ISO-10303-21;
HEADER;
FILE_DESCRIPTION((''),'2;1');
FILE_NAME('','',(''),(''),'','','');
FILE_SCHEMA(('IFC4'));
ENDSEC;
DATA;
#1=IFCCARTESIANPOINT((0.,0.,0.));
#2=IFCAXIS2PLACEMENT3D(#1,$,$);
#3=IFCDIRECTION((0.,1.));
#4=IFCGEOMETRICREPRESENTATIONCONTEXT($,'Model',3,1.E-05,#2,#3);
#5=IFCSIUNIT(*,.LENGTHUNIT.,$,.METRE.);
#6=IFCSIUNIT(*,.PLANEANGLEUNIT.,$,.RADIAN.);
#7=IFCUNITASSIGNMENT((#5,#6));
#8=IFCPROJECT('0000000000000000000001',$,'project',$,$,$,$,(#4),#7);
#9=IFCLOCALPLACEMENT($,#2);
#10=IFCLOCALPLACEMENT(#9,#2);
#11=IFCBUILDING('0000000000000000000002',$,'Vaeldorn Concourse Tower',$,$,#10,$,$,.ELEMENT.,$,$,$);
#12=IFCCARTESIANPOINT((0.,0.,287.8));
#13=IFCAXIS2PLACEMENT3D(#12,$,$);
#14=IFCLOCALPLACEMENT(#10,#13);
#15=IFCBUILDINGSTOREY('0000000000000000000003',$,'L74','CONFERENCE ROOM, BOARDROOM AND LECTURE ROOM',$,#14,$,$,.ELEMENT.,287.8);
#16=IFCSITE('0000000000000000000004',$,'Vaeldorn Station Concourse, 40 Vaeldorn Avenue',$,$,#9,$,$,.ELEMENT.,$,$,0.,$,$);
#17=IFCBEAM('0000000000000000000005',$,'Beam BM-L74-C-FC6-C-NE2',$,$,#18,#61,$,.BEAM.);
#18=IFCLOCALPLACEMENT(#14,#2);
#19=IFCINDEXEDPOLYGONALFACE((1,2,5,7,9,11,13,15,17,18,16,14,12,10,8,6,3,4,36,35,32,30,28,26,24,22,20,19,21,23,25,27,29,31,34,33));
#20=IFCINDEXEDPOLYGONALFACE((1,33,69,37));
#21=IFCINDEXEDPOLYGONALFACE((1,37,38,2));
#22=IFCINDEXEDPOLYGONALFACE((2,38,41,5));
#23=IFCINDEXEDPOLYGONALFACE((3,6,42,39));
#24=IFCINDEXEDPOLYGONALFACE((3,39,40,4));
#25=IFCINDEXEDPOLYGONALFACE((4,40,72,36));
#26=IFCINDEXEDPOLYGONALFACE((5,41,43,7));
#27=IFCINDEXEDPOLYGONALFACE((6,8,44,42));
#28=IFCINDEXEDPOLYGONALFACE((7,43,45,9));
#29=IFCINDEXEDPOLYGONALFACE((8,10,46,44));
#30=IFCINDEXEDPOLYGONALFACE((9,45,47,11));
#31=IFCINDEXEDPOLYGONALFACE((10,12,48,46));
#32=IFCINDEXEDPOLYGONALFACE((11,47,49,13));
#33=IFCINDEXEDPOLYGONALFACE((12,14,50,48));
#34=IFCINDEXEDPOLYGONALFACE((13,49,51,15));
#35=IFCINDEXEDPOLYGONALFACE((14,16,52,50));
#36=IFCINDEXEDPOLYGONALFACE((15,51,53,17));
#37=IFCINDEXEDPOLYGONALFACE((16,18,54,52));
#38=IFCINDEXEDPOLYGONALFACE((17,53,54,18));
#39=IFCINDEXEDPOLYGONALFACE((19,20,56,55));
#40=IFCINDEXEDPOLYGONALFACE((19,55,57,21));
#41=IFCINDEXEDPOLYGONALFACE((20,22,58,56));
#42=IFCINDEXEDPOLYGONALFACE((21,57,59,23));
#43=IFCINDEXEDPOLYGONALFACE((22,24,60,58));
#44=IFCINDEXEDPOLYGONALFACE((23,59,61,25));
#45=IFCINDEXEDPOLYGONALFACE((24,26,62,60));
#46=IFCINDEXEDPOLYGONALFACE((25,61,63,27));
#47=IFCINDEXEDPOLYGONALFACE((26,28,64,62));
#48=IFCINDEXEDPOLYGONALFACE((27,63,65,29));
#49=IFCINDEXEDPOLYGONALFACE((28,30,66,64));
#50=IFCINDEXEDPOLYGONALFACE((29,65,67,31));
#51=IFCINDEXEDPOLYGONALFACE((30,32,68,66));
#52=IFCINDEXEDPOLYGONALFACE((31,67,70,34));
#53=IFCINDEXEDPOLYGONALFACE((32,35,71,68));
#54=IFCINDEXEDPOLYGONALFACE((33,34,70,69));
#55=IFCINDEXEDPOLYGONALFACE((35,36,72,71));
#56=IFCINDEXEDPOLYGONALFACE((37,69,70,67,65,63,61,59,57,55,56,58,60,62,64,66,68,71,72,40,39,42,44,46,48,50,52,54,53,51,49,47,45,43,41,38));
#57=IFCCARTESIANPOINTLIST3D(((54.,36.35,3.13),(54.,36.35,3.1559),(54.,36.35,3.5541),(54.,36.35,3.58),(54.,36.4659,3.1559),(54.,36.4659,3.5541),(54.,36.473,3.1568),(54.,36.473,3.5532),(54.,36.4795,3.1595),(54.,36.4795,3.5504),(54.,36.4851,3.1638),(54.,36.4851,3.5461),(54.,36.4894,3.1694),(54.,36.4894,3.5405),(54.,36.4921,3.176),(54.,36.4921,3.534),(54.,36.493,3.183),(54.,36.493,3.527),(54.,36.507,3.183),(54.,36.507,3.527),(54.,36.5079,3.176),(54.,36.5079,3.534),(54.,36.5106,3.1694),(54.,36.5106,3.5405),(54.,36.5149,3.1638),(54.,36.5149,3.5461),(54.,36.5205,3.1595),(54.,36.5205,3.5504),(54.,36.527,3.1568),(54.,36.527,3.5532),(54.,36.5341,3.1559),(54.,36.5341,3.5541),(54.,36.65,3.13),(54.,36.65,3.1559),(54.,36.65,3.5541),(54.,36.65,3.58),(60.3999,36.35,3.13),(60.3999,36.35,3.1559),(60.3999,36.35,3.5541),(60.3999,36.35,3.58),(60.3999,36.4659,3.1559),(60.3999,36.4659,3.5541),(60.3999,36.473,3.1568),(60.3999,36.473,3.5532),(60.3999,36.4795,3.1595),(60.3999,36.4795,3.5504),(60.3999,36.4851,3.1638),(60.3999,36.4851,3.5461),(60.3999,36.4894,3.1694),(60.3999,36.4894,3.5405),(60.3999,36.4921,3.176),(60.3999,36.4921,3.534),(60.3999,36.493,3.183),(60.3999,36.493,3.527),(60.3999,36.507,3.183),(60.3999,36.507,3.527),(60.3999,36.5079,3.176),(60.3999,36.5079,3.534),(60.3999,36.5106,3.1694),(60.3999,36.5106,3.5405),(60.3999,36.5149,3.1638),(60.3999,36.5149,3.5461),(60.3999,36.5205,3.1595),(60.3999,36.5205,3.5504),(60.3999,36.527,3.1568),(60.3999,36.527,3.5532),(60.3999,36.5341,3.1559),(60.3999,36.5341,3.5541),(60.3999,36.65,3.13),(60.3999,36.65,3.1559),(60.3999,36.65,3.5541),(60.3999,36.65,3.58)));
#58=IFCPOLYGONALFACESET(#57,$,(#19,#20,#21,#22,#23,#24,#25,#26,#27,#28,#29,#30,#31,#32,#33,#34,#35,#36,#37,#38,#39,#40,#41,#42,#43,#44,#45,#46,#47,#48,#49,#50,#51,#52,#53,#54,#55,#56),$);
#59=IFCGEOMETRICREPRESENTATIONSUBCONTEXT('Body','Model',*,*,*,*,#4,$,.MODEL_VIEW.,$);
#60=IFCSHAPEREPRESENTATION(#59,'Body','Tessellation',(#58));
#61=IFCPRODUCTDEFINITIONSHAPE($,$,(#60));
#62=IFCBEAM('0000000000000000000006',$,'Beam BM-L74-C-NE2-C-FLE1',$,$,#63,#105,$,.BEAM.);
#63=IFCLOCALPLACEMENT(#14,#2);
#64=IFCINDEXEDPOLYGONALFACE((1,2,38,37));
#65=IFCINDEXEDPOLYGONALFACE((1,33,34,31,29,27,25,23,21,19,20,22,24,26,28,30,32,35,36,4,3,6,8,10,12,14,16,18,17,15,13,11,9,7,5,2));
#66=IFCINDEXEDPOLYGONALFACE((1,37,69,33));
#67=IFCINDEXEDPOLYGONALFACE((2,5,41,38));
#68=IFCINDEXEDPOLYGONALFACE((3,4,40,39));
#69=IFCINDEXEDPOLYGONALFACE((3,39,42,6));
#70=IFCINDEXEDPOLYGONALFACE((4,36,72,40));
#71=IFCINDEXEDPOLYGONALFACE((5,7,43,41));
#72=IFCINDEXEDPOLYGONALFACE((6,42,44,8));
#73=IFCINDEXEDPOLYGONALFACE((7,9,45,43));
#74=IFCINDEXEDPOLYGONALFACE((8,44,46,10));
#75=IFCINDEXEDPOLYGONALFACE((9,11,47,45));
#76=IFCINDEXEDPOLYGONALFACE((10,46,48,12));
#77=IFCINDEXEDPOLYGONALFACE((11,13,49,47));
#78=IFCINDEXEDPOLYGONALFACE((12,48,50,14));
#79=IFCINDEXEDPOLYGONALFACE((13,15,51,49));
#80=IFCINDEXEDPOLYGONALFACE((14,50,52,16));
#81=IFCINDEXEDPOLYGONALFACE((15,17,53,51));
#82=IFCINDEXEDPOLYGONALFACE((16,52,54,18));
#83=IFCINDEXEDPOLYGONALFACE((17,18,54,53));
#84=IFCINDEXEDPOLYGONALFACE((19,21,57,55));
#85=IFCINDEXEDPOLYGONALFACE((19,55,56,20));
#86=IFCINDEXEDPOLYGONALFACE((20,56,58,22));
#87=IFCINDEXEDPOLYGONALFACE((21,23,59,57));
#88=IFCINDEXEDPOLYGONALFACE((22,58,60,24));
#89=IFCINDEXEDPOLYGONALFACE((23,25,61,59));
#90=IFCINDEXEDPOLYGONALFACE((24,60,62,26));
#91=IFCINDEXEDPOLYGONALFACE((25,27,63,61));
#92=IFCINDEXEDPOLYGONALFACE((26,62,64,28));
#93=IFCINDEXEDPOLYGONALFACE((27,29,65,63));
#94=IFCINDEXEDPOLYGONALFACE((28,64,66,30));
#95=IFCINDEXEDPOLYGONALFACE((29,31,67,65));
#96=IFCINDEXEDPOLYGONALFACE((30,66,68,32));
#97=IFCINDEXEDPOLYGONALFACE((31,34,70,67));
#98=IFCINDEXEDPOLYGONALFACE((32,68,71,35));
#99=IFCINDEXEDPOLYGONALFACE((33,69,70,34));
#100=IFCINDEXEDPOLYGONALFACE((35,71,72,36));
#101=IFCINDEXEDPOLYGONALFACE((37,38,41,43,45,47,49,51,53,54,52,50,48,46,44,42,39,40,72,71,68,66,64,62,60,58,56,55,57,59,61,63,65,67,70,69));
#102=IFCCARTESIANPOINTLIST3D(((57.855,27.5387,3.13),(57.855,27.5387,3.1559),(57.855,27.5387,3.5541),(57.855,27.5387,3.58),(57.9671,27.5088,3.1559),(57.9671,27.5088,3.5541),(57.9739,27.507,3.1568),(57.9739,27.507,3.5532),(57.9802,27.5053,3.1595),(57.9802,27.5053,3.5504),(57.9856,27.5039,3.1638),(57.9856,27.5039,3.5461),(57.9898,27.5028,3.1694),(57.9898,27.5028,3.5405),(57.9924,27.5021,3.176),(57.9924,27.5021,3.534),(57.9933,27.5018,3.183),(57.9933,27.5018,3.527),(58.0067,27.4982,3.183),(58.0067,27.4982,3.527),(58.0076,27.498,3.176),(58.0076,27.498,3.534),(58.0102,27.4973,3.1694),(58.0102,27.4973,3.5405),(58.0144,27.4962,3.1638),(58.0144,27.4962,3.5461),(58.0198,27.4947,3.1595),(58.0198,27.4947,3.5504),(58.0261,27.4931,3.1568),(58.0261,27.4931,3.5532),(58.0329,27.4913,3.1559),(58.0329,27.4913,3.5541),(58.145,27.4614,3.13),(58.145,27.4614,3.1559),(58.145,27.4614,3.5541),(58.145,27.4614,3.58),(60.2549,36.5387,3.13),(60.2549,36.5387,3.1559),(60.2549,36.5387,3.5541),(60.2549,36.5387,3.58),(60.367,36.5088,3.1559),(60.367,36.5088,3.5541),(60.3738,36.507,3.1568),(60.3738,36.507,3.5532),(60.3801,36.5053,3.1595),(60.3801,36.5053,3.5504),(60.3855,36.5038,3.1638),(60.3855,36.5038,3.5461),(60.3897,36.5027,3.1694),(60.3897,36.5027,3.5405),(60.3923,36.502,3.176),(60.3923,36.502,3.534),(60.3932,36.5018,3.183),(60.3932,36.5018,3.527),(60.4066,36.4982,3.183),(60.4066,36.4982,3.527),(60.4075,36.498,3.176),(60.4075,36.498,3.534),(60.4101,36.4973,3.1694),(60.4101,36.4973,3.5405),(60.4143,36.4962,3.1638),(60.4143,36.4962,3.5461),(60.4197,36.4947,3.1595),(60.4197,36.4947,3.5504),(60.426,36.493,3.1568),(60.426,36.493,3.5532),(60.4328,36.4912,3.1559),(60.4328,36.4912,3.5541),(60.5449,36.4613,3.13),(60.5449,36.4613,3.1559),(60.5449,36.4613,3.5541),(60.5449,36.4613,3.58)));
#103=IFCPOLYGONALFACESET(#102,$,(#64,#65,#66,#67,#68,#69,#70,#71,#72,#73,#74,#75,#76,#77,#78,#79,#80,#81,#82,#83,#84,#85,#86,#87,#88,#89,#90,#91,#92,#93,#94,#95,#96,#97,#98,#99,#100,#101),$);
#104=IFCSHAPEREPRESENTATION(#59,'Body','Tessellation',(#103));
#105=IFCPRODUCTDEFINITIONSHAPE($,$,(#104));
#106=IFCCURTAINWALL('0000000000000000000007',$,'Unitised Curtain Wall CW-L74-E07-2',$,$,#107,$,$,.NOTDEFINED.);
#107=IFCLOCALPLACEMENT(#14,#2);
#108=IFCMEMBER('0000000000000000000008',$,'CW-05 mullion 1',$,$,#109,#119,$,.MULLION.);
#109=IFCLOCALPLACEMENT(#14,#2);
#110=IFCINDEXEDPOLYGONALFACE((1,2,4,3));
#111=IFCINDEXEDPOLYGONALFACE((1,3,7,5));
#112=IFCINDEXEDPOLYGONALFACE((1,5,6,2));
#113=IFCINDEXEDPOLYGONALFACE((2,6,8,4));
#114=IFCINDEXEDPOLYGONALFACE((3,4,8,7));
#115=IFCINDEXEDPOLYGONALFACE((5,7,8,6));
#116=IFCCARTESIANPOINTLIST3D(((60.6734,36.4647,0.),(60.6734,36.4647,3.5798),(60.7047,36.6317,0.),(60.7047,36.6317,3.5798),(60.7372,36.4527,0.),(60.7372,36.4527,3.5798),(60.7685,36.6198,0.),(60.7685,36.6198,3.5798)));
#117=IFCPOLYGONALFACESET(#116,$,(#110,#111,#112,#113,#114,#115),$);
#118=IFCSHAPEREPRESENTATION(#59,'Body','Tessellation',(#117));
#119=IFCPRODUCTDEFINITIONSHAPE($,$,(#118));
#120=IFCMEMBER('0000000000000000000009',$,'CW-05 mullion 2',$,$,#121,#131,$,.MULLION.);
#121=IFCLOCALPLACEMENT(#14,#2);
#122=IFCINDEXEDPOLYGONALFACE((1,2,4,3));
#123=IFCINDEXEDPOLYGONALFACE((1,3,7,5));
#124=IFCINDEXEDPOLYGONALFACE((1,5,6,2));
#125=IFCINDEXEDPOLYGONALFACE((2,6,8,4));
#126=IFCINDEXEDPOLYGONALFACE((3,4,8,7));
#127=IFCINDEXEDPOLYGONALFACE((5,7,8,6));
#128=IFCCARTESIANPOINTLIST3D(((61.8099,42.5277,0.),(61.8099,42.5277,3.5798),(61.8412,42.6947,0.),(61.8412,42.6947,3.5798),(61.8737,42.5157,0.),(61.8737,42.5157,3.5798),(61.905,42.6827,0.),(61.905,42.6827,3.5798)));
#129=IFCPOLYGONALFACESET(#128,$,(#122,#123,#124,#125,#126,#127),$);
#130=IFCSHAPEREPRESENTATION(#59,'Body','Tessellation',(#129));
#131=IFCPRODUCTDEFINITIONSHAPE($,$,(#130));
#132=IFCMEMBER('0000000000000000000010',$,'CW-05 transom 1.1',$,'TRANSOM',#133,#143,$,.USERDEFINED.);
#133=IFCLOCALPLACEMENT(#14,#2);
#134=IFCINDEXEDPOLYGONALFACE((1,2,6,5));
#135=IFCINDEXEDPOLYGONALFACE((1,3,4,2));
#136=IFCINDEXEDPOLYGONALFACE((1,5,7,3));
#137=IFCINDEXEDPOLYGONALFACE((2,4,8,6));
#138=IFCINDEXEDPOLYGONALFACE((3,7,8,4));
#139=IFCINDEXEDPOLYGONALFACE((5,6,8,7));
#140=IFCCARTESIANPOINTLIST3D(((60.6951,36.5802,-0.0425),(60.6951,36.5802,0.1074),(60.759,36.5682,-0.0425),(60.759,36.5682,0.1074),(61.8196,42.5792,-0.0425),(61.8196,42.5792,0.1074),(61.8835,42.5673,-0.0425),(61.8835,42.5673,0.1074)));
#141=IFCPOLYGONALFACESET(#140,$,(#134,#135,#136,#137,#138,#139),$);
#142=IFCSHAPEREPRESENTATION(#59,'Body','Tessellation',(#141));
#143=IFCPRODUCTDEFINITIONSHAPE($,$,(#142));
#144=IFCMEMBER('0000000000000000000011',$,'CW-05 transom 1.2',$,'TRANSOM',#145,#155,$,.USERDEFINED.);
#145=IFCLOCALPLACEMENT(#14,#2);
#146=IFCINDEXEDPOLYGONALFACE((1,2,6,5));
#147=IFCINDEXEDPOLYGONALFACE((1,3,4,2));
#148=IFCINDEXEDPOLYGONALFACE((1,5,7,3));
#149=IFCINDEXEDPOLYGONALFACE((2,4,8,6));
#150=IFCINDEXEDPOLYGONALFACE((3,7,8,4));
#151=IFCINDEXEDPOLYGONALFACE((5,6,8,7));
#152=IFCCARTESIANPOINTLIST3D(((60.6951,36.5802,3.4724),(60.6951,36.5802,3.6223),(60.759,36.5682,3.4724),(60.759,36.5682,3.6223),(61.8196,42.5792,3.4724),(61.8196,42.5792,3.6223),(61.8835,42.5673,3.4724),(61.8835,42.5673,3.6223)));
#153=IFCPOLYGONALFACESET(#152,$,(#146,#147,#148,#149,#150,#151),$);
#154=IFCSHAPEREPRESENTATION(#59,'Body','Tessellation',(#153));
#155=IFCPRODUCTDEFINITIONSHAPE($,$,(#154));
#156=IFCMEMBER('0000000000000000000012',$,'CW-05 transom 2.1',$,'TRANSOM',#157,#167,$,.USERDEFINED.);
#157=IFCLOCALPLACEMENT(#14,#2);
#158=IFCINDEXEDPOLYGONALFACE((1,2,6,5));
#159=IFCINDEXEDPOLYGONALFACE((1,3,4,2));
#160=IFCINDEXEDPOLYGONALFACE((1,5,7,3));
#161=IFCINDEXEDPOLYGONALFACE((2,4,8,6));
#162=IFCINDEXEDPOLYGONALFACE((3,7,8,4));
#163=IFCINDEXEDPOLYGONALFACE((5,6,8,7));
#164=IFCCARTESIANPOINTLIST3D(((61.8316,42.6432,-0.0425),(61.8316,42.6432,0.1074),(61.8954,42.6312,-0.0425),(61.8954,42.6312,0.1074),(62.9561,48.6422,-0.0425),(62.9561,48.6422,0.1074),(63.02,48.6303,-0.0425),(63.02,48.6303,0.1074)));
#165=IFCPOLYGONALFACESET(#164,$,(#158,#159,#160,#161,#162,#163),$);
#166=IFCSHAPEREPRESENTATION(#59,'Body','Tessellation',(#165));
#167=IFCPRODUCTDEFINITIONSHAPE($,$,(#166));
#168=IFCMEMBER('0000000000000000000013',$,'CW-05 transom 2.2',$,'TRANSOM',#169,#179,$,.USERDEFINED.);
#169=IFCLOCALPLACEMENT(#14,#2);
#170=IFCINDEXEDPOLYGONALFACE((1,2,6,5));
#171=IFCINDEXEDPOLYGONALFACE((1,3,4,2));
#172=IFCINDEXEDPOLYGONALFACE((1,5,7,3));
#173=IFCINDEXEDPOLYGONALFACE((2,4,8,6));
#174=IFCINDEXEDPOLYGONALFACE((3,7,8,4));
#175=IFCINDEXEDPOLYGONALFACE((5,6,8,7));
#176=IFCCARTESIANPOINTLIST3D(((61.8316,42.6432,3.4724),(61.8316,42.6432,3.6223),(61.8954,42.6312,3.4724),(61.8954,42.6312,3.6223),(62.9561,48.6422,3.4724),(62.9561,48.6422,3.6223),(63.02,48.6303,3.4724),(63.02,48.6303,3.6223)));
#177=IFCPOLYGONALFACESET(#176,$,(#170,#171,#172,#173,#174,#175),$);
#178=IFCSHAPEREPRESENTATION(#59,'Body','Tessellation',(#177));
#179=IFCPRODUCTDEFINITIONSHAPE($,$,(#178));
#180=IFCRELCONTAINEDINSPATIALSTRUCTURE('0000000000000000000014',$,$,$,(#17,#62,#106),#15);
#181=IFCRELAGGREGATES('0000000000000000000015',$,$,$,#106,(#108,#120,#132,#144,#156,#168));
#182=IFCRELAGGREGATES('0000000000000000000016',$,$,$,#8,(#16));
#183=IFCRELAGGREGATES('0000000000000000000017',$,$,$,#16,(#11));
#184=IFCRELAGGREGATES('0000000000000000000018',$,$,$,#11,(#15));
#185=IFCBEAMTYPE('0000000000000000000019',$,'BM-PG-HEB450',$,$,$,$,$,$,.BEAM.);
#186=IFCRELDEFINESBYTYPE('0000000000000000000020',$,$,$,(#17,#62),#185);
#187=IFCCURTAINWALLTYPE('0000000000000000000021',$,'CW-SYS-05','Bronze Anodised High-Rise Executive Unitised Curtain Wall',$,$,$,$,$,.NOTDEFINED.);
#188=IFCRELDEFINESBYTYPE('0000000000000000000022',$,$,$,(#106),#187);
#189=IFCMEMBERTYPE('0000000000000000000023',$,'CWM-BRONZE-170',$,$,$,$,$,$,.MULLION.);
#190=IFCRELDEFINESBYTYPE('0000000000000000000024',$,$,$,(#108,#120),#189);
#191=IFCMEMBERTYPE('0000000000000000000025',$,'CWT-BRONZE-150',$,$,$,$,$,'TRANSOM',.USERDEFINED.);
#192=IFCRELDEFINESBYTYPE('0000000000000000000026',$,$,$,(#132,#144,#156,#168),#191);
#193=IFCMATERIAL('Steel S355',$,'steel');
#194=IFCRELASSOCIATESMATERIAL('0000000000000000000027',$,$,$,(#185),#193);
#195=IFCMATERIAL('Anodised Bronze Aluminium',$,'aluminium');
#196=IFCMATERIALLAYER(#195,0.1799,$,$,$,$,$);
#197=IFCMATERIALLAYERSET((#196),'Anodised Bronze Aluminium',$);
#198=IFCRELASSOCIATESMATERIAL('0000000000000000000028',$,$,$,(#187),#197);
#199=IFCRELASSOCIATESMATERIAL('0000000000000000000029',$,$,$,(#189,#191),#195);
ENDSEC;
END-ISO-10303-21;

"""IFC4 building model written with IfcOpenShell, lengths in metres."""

from ifc_helpers import new_model, si_unit, direction, frame, origin, origin_2d, place, context, subcontext, project, spatial, rectangle, i_section, extrude, source, transform, mapped, material, layer, layer_set, material_profile, profile_set, type_object, element, aggregate, save


model = new_model("IFC4")

# Units and contexts
model_context = context("Model", 3, precision=1e-05, world=origin(), true_north=direction((0.0, 1.0)))
body_context = subcontext(model_context, "Body", "Model", "MODEL_VIEW")
ifc_project = project(units=[si_unit("LENGTHUNIT", "METRE"), si_unit("PLANEANGLEUNIT", "RADIAN")], contexts=[model_context])

# Site, building, storey
site_placement = place(None, origin())
site = spatial("IfcSite", under=ifc_project, at=site_placement, Name="Vaeldorn Station Concourse, 40 Vaeldorn Avenue", CompositionType="ELEMENT", RefElevation=0.0)
building_placement = place(site_placement, origin())
building = spatial("IfcBuilding", under=site, at=building_placement, Name="Vaeldorn Concourse Tower", CompositionType="ELEMENT")
storey_placement = place(building_placement, frame((0.0, 0.0, 287.8)))
storey = spatial("IfcBuildingStorey", under=building, at=storey_placement, Name="L74", Description="CONFERENCE ROOM, BOARDROOM AND LECTURE ROOM", CompositionType="ELEMENT", Elevation=287.8)

# Shared definitions
ifc_material_1 = material(Name="Steel S355", Category="steel")

# Beams
ifc_material_profile_1 = material_profile(ifc_material_1, i_section(OverallWidth=0.3, OverallDepth=0.45, WebThickness=0.0139, FlangeThickness=0.0259, FilletRadius=0.0271, at=origin_2d()), Name="HEB 450")
ifc_profile_set_1 = profile_set([ifc_material_profile_1], Name="Steel S355")
beam_type_1 = type_object("IfcBeamType", Name="BM-PG-HEB450", PredefinedType="BEAM", material=ifc_profile_set_1)
shared_shape_1 = source(origin(), body_context, "Body", "SweptSolid", [
    extrude(i_section(OverallWidth=0.3, OverallDepth=0.45, WebThickness=0.0139, FlangeThickness=0.0259, FilletRadius=0.0271, at=origin_2d()), origin(), (0.0, 0.0, 1.0), 6.3999),
])
beam_1_placement = place(storey_placement, frame((54.0, 36.5, 3.355), z_axis=(1.0, 0.0, 0.0), x_axis=(0.0, 1.0, 0.0)))
element("IfcBeam", 1, at=beam_1_placement, inside=storey, type_object=beam_type_1, Name="Beam BM-L74-C-FC6-C-NE2", PredefinedType="BEAM", context=body_context, shape_type="MappedRepresentation", body=[
    mapped(shared_shape_1, transform((0.0, 0.0, 0.0), scale=1.0)),
])
shared_shape_2 = source(origin(), body_context, "Body", "SweptSolid", [
    extrude(i_section(OverallWidth=0.3, OverallDepth=0.45, WebThickness=0.0139, FlangeThickness=0.0259, FilletRadius=0.0271, at=origin_2d()), origin(), (0.0, 0.0, 1.0), 9.3145),
])
beam_2_placement = place(storey_placement, frame((60.3999, 36.5, 3.355), z_axis=(-0.257653, -0.966238, 0.0), x_axis=(0.966238, -0.257653, 0.0)))
element("IfcBeam", 2, at=beam_2_placement, inside=storey, type_object=beam_type_1, Name="Beam BM-L74-C-NE2-C-FLE1", PredefinedType="BEAM", context=body_context, shape_type="MappedRepresentation", body=[
    mapped(shared_shape_2, transform((0.0, 0.0, 0.0), scale=1.0)),
])

# Curtain wall, members
ifc_material_2 = material(Name="Anodised Bronze Aluminium", Category="aluminium")
ifc_layer_1 = layer(ifc_material_2, 0.1799)
ifc_layer_set_1 = layer_set([ifc_layer_1], Name="Anodised Bronze Aluminium")
curtain_wall_type = type_object("IfcCurtainWallType", Name="CW-SYS-05", Description="Bronze Anodised High-Rise Executive Unitised Curtain Wall", PredefinedType="NOTDEFINED", material=ifc_layer_set_1)
curtain_wall_placement = place(storey_placement, origin())
curtain_wall = element("IfcCurtainWall", 3, at=curtain_wall_placement, inside=storey, type_object=curtain_wall_type, Name="Unitised Curtain Wall CW-L74-E07-2", PredefinedType="NOTDEFINED")
ifc_material_profile_2 = material_profile(ifc_material_2, rectangle(XDim=0.0649, YDim=0.1699, at=origin_2d()), Name="CWM 65x170")
ifc_profile_set_2 = profile_set([ifc_material_profile_2], Name="Anodised Bronze Aluminium")
member_type_1 = type_object("IfcMemberType", Name="CWM-BRONZE-170", PredefinedType="MULLION", material=ifc_profile_set_2)
shared_shape_3 = source(origin(), body_context, "Body", "SweptSolid", [
    extrude(rectangle(XDim=0.0649, YDim=0.1699, at=origin_2d()), origin(), (0.0, 0.0, 1.0), 3.5798),
])
member_1_placement = place(storey_placement, frame((60.7209, 36.5422, 0.0), z_axis=(0.0, 0.0, 1.0), x_axis=(-0.98288, 0.184246, 0.0)))
member_1 = element("IfcMember", 4, at=member_1_placement, type_object=member_type_1, Name="CW-05 mullion 1", PredefinedType="MULLION", context=body_context, shape_type="MappedRepresentation", body=[
    mapped(shared_shape_3, transform((0.0, 0.0, 0.0), scale=1.0)),
])
member_2_placement = place(storey_placement, frame((61.8574, 42.6052, 0.0), z_axis=(0.0, 0.0, 1.0), x_axis=(-0.98288, 0.184246, 0.0)))
member_2 = element("IfcMember", 5, at=member_2_placement, type_object=member_type_1, Name="CW-05 mullion 2", PredefinedType="MULLION", context=body_context, shape_type="MappedRepresentation", body=[
    mapped(shared_shape_3, transform((0.0, 0.0, 0.0), scale=1.0)),
])
ifc_material_profile_3 = material_profile(ifc_material_2, rectangle(XDim=0.0649, YDim=0.1499, at=origin_2d()), Name="CWT 65x150")
ifc_profile_set_3 = profile_set([ifc_material_profile_3], Name="Anodised Bronze Aluminium")
member_type_2 = type_object("IfcMemberType", Name="CWT-BRONZE-150", ElementType="TRANSOM", PredefinedType="USERDEFINED", material=ifc_profile_set_3)
shared_shape_4 = source(origin(), body_context, "Body", "SweptSolid", [
    extrude(rectangle(XDim=0.0649, YDim=0.1499, at=origin_2d()), origin(), (0.0, 0.0, 1.0), 6.1035),
])
member_3_placement = place(storey_placement, frame((60.7271, 36.5742, 0.0325), z_axis=(0.18424, 0.982881, 0.0), x_axis=(-0.982881, 0.18424, 0.0)))
member_3 = element("IfcMember", 6, at=member_3_placement, type_object=member_type_2, Name="CW-05 transom 1.1", ObjectType="TRANSOM", PredefinedType="USERDEFINED", context=body_context, shape_type="MappedRepresentation", body=[
    mapped(shared_shape_4, transform((0.0, 0.0, 0.0), scale=1.0)),
])
member_4_placement = place(storey_placement, frame((60.7271, 36.5742, 3.5474), z_axis=(0.18424, 0.982881, 0.0), x_axis=(-0.982881, 0.18424, 0.0)))
member_4 = element("IfcMember", 7, at=member_4_placement, type_object=member_type_2, Name="CW-05 transom 1.2", ObjectType="TRANSOM", PredefinedType="USERDEFINED", context=body_context, shape_type="MappedRepresentation", body=[
    mapped(shared_shape_4, transform((0.0, 0.0, 0.0), scale=1.0)),
])
member_5_placement = place(storey_placement, frame((61.8635, 42.6372, 0.0325), z_axis=(0.18424, 0.982881, 0.0), x_axis=(-0.982881, 0.18424, 0.0)))
member_5 = element("IfcMember", 8, at=member_5_placement, type_object=member_type_2, Name="CW-05 transom 2.1", ObjectType="TRANSOM", PredefinedType="USERDEFINED", context=body_context, shape_type="MappedRepresentation", body=[
    mapped(shared_shape_4, transform((0.0, 0.0, 0.0), scale=1.0)),
])
member_6_placement = place(storey_placement, frame((61.8635, 42.6372, 3.5474), z_axis=(0.18424, 0.982881, 0.0), x_axis=(-0.982881, 0.18424, 0.0)))
member_6 = element("IfcMember", 9, at=member_6_placement, type_object=member_type_2, Name="CW-05 transom 2.2", ObjectType="TRANSOM", PredefinedType="USERDEFINED", context=body_context, shape_type="MappedRepresentation", body=[
    mapped(shared_shape_4, transform((0.0, 0.0, 0.0), scale=1.0)),
])
aggregate(curtain_wall, [member_1, member_2, member_3, member_4, member_5, member_6])

save(model, "model.ifc")
